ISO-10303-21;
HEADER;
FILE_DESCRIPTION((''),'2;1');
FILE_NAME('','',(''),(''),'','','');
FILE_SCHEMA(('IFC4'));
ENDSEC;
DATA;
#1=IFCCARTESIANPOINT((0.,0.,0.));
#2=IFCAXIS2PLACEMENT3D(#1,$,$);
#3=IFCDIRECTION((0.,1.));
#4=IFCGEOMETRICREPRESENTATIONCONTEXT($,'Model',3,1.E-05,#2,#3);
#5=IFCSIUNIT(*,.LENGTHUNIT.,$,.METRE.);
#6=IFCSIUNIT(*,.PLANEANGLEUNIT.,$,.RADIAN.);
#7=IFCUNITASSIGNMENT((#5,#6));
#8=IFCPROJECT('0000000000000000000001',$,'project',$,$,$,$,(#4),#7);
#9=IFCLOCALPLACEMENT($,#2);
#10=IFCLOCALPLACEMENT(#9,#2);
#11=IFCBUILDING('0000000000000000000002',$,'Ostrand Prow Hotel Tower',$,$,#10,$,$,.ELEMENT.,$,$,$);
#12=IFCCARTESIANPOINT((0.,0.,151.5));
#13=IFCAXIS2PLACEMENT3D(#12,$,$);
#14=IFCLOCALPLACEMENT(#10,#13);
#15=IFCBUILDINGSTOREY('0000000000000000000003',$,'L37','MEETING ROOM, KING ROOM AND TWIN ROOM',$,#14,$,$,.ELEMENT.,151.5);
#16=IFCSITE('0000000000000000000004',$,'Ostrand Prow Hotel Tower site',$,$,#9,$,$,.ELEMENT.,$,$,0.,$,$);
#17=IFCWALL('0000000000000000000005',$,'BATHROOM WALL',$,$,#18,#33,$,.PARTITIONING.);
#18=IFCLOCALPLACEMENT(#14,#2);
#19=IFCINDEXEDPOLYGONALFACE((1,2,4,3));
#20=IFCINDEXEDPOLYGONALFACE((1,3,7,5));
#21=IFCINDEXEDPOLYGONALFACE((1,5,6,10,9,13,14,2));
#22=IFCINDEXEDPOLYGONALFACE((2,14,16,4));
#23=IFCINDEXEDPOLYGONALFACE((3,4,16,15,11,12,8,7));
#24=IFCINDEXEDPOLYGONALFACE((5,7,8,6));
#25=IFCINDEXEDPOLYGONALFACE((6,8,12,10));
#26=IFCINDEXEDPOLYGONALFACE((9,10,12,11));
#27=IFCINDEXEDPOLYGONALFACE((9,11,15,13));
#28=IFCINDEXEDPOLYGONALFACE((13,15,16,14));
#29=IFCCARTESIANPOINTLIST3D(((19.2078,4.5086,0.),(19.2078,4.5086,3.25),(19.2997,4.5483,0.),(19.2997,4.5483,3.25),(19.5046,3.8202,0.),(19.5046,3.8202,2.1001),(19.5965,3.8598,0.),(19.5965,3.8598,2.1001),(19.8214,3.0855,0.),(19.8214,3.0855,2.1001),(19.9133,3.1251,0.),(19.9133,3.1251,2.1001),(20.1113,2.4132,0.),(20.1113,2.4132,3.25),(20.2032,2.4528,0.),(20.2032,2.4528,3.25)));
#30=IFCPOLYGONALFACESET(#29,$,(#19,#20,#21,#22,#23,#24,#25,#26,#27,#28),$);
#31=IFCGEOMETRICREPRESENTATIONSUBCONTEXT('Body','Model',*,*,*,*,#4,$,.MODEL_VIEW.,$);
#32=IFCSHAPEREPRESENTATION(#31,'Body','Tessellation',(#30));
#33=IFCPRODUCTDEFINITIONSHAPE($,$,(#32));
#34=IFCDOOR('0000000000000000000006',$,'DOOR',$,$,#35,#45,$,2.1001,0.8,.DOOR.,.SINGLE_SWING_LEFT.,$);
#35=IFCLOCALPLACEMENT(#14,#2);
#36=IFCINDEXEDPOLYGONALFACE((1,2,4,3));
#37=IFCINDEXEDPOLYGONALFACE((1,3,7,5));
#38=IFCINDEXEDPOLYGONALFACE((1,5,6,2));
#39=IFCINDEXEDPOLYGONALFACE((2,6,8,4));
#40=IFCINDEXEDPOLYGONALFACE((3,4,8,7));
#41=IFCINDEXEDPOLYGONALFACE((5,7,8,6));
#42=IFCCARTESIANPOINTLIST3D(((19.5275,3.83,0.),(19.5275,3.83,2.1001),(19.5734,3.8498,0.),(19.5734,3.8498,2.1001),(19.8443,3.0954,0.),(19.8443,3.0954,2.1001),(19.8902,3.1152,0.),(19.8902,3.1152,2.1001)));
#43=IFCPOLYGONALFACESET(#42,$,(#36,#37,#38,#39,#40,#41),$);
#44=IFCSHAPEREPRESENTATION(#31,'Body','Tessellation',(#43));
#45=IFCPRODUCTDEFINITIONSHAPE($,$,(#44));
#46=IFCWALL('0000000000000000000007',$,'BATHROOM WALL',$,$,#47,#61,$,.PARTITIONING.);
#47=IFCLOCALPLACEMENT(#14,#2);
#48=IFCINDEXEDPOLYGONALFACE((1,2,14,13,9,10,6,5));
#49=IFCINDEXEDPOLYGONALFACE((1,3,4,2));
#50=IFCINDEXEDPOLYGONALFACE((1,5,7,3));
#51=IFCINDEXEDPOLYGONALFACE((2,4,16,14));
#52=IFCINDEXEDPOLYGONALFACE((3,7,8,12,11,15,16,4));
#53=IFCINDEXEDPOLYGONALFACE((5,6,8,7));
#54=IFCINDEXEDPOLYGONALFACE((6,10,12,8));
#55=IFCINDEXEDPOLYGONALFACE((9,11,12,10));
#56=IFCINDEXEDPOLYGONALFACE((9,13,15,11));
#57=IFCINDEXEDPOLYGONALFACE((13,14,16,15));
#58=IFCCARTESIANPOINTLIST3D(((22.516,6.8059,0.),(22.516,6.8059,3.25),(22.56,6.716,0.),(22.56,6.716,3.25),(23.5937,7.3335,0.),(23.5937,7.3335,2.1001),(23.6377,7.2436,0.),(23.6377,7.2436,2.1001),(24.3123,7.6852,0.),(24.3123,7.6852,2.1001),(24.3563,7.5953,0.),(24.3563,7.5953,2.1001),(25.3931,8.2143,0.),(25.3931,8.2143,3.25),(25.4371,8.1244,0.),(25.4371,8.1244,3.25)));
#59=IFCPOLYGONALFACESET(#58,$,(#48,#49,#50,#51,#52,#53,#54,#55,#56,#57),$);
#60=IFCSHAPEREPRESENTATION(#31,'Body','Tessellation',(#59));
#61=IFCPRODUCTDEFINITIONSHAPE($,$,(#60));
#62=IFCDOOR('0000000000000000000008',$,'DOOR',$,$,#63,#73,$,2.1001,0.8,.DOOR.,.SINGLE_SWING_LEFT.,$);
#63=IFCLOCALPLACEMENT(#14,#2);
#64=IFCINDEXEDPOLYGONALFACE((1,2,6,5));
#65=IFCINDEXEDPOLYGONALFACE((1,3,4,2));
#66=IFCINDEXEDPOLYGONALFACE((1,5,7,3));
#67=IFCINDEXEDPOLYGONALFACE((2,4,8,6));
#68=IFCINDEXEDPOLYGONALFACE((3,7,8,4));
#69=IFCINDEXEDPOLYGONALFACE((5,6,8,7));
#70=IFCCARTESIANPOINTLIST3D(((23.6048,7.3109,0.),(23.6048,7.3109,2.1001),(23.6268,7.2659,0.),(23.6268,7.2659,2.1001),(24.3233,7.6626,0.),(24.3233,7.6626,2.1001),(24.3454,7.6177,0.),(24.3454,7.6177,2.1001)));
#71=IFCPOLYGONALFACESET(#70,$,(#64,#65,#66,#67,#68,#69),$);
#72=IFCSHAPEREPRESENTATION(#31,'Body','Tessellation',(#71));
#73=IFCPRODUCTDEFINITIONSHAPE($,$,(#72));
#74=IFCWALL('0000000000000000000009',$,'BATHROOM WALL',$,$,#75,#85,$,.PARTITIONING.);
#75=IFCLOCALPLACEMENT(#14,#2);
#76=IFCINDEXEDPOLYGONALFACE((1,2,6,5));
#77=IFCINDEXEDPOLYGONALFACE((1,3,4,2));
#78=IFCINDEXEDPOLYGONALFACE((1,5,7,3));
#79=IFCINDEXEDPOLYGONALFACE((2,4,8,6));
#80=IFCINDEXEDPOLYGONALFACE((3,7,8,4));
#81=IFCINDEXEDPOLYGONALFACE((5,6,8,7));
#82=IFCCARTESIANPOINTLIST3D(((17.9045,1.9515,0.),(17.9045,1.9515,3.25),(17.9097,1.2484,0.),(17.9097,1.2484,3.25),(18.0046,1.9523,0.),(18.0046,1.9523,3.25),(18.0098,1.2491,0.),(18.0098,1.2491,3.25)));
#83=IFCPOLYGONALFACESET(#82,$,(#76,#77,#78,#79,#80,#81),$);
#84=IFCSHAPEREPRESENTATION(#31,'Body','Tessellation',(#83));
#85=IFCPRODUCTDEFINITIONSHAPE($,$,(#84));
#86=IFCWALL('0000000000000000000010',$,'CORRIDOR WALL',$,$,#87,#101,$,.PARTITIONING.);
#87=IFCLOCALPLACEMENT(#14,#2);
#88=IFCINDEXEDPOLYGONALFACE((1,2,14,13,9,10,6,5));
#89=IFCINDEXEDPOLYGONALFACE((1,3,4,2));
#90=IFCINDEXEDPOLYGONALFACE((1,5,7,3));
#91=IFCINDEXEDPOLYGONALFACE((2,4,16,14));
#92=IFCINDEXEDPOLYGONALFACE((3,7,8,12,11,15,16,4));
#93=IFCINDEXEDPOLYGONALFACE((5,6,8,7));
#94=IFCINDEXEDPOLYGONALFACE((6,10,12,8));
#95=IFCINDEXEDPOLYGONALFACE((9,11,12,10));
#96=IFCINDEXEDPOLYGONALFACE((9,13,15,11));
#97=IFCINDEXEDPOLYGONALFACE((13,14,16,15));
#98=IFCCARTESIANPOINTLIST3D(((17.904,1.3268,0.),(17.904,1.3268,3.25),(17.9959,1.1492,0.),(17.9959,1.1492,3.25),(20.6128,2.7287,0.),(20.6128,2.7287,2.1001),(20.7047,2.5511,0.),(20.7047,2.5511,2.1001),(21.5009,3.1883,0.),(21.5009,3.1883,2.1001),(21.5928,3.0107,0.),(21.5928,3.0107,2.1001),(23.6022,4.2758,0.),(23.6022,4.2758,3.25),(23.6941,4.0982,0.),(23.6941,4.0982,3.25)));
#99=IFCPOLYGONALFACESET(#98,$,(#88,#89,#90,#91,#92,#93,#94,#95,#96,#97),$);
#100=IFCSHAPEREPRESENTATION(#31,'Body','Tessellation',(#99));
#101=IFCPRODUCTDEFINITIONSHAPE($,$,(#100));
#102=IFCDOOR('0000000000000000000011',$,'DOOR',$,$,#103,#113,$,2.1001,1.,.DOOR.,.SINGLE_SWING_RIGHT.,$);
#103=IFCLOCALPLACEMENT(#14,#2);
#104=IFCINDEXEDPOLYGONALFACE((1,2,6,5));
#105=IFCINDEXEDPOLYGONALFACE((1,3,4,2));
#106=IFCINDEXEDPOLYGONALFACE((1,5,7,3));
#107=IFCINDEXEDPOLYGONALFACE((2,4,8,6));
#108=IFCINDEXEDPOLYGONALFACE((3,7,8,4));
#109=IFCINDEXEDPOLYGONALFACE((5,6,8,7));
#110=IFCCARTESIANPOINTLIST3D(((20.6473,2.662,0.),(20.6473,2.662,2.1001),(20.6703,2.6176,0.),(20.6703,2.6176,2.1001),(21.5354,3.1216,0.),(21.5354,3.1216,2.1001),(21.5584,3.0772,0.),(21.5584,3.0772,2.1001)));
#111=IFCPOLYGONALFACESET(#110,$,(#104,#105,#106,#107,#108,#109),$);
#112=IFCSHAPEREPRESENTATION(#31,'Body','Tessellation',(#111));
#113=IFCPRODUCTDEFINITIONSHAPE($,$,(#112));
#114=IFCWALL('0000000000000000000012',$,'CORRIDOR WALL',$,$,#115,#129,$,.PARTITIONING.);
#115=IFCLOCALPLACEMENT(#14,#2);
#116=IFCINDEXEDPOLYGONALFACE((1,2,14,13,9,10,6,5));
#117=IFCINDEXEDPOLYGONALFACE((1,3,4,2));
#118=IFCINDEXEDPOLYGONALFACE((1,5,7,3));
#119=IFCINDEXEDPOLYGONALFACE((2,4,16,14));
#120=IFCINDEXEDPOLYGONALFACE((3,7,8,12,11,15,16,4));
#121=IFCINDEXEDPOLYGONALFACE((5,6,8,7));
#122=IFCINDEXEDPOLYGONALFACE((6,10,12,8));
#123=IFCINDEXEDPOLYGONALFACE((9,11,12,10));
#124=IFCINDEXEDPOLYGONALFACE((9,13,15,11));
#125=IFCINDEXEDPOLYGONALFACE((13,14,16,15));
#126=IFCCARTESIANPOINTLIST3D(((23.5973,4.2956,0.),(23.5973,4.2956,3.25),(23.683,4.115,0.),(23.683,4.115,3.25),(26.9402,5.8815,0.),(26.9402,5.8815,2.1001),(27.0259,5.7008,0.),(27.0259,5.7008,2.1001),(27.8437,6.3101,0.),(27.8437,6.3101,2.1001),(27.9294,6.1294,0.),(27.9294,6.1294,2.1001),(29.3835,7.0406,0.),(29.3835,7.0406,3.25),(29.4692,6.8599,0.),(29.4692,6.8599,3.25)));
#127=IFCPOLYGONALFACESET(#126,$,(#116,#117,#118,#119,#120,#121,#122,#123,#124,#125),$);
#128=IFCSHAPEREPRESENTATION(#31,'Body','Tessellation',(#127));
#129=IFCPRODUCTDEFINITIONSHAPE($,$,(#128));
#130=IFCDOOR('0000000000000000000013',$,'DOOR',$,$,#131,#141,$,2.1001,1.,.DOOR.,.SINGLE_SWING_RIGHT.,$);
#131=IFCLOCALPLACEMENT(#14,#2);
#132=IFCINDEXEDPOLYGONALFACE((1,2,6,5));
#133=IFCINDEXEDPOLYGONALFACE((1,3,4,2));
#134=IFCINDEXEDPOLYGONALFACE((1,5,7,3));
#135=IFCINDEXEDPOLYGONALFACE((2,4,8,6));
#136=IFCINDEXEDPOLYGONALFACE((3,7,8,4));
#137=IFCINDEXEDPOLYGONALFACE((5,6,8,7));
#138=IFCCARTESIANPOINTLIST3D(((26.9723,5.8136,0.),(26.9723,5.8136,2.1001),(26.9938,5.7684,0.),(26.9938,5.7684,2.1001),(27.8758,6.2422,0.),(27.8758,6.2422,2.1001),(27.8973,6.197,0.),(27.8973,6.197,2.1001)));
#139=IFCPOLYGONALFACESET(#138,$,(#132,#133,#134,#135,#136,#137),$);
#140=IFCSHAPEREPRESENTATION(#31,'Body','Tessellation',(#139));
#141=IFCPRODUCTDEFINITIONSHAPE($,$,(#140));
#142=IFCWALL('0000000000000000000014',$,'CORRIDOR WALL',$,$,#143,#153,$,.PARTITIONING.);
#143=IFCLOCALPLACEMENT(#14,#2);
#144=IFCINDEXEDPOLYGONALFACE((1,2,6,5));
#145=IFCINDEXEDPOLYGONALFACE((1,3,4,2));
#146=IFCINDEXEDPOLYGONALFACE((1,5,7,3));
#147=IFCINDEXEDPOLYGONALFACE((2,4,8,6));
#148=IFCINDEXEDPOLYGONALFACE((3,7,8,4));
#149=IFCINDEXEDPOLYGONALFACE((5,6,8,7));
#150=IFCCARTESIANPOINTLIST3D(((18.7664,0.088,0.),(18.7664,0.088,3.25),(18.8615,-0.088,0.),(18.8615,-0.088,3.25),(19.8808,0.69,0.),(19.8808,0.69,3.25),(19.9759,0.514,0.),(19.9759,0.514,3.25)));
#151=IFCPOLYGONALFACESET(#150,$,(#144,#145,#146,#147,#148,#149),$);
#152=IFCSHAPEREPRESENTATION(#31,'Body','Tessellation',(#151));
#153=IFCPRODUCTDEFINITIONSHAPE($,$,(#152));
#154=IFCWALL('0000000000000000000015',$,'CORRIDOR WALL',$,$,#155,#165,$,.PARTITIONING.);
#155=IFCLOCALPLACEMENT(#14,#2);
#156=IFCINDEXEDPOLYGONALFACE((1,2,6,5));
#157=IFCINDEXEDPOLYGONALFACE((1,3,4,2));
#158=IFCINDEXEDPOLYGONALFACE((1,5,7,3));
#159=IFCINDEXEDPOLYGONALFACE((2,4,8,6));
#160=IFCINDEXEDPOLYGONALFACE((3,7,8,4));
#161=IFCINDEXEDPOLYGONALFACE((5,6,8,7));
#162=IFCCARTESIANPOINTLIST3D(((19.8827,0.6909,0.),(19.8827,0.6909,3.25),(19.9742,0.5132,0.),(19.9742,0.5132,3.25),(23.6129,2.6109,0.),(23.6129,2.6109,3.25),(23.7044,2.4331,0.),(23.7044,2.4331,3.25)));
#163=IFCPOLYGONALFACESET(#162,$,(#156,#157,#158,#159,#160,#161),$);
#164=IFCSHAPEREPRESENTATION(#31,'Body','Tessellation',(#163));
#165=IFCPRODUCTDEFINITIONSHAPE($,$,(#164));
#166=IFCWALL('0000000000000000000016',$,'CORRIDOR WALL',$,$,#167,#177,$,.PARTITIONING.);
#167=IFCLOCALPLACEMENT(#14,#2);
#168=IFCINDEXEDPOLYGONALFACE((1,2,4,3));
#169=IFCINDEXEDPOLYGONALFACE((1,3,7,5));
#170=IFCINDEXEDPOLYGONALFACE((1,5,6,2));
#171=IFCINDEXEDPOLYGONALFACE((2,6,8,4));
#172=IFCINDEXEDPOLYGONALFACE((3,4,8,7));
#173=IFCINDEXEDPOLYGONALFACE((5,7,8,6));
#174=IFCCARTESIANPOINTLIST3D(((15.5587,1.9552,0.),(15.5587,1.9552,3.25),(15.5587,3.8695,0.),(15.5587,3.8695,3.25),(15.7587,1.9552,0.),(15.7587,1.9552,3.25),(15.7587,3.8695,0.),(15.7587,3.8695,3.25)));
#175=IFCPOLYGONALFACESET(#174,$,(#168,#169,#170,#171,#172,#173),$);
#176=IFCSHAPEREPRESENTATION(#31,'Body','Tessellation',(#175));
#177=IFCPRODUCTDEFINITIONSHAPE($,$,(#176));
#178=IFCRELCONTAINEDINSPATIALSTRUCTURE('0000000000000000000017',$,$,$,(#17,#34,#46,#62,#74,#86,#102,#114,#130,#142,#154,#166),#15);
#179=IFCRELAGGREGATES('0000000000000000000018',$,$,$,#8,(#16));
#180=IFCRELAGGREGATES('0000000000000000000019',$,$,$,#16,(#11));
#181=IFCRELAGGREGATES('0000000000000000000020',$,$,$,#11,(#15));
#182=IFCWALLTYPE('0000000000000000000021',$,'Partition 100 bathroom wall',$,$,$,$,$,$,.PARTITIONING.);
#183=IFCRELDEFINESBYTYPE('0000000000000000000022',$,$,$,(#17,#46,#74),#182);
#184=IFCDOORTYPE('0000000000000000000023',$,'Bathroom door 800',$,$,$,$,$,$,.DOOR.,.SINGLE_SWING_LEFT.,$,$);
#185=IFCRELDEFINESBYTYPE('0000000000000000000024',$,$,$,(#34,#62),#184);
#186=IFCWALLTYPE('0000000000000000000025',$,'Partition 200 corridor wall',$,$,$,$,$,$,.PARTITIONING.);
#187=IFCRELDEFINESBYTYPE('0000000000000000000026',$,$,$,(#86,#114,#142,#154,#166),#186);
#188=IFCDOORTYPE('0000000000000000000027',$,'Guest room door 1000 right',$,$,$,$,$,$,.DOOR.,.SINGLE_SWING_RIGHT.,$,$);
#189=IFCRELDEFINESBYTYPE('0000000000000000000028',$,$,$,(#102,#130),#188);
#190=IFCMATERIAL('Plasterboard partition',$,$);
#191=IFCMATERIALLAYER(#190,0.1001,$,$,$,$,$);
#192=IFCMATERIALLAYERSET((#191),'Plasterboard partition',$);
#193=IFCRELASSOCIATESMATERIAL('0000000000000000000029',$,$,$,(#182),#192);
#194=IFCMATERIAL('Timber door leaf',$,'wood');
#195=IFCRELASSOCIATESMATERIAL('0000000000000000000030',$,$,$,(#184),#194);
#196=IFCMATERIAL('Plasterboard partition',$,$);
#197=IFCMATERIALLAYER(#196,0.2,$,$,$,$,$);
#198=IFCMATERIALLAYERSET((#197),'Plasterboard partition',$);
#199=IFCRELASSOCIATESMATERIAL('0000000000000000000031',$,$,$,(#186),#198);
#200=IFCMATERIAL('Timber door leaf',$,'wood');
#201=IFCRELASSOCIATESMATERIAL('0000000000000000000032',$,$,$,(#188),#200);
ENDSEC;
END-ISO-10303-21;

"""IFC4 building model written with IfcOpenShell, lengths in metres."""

from ifc_helpers import new_model, si_unit, direction, frame, frame_2d, origin, place, context, subcontext, project, spatial, rectangle, extrude, material, layer, layer_set, type_object, element, fill, save


model = new_model("IFC4")

# Units and contexts
model_context = context("Model", 3, precision=1e-05, world=origin(), true_north=direction((0.0, 1.0)))
body_context = subcontext(model_context, "Body", "Model", "MODEL_VIEW")
ifc_project = project(units=[si_unit("LENGTHUNIT", "METRE"), si_unit("PLANEANGLEUNIT", "RADIAN")], contexts=[model_context])

# Site, building, storey
site_placement = place(None, origin())
site = spatial("IfcSite", under=ifc_project, at=site_placement, Name="Ostrand Prow Hotel Tower site", CompositionType="ELEMENT", RefElevation=0.0)
building_placement = place(site_placement, origin())
building = spatial("IfcBuilding", under=site, at=building_placement, Name="Ostrand Prow Hotel Tower", CompositionType="ELEMENT")
storey_placement = place(building_placement, frame((0.0, 0.0, 151.5)))
storey = spatial("IfcBuildingStorey", under=building, at=storey_placement, Name="L37", Description="MEETING ROOM, KING ROOM AND TWIN ROOM", CompositionType="ELEMENT", Elevation=151.5)

# Shared definitions
ifc_material_1 = material(Name="Plasterboard partition")
ifc_layer_1 = layer(ifc_material_1, 0.1001)
ifc_layer_set_1 = layer_set([ifc_layer_1], Name="Plasterboard partition")
wall_type_1 = type_object("IfcWallType", Name="Partition 100 bathroom wall", PredefinedType="PARTITIONING", material=ifc_layer_set_1)

# Walls, openings, doors
wall_1_placement = place(storey_placement, frame((19.2537, 4.5286, 0.0), z_axis=(0.0, 0.0, 1.0), x_axis=(0.395958, -0.918268, 0.0)))
wall_1 = element("IfcWall", 1, at=wall_1_placement, inside=storey, type_object=wall_type_1, Name="BATHROOM WALL", PredefinedType="PARTITIONING", context=body_context, shape_type="SweptSolid", body=[
    extrude(rectangle(XDim=2.282, YDim=0.1001, at=frame_2d((1.1411, 0.0))), origin(), (0.0, 0.0, 1.0), 3.25),
])
opening_1_placement = place(wall_1_placement, frame((0.75, 0.0, 0.0)))
opening_1 = element("IfcOpeningElement", 2, at=opening_1_placement, cuts=wall_1, PredefinedType="OPENING", context=body_context, shape_type="SweptSolid", body=[
    extrude(rectangle(XDim=0.8, YDim=2.1001, at=frame_2d((0.3999, 1.05))), frame((0.0, 0.0601, 0.0), z_axis=(0.0, -1.0, 0.0), x_axis=(1.0, 0.0, 0.0)), (0.0, 0.0, 1.0), 0.1201),
])
ifc_material_2 = material(Name="Timber door leaf", Category="wood")
door_type_1 = type_object("IfcDoorType", Name="Bathroom door 800", OperationType="SINGLE_SWING_LEFT", PredefinedType="DOOR", material=ifc_material_2)
door_1_placement = place(opening_1_placement, origin())
door_1 = element("IfcDoor", 3, at=door_1_placement, inside=storey, type_object=door_type_1, Name="DOOR", OperationType="SINGLE_SWING_LEFT", OverallHeight=2.1001, OverallWidth=0.8, PredefinedType="DOOR", context=body_context, shape_type="SweptSolid", body=[
    extrude(rectangle(XDim=0.8, YDim=2.1001, at=frame_2d((0.3999, 1.05))), frame((0.0, 0.0249, 0.0), z_axis=(0.0, -1.0, 0.0), x_axis=(1.0, 0.0, 0.0)), (0.0, 0.0, 1.0), 0.05),
])
fill(opening_1, door_1)
wall_2_placement = place(storey_placement, frame((22.5381, 6.761, 0.0), z_axis=(0.0, 0.0, 1.0), x_axis=(0.89816, 0.439668, 0.0)))
wall_2 = element("IfcWall", 4, at=wall_2_placement, inside=storey, type_object=wall_type_1, Name="BATHROOM WALL", PredefinedType="PARTITIONING", context=body_context, shape_type="SweptSolid", body=[
    extrude(rectangle(XDim=3.2034, YDim=0.1001, at=frame_2d((1.6016, 0.0))), origin(), (0.0, 0.0, 1.0), 3.25),
])
opening_2_placement = place(wall_2_placement, frame((1.2, 0.0, 0.0)))
opening_2 = element("IfcOpeningElement", 5, at=opening_2_placement, cuts=wall_2, PredefinedType="OPENING", context=body_context, shape_type="SweptSolid", body=[
    extrude(rectangle(XDim=0.8, YDim=2.1001, at=frame_2d((0.3999, 1.05))), frame((0.0, 0.0601, 0.0), z_axis=(0.0, -1.0, 0.0), x_axis=(1.0, 0.0, 0.0)), (0.0, 0.0, 1.0), 0.1201),
])
door_2_placement = place(opening_2_placement, origin())
door_2 = element("IfcDoor", 6, at=door_2_placement, inside=storey, type_object=door_type_1, Name="DOOR", OperationType="SINGLE_SWING_LEFT", OverallHeight=2.1001, OverallWidth=0.8, PredefinedType="DOOR", context=body_context, shape_type="SweptSolid", body=[
    extrude(rectangle(XDim=0.8, YDim=2.1001, at=frame_2d((0.3999, 1.05))), frame((0.0, 0.0249, 0.0), z_axis=(0.0, -1.0, 0.0), x_axis=(1.0, 0.0, 0.0)), (0.0, 0.0, 1.0), 0.05),
])
fill(opening_2, door_2)

# Wall
wall_3_placement = place(storey_placement, frame((17.9597, 1.2488, 0.0), z_axis=(0.0, 0.0, 1.0), x_axis=(-0.007291, 0.999973, 0.0)))
element("IfcWall", 7, at=wall_3_placement, inside=storey, type_object=wall_type_1, Name="BATHROOM WALL", PredefinedType="PARTITIONING", context=body_context, shape_type="SweptSolid", body=[
    extrude(rectangle(XDim=0.7031, YDim=0.1001, at=frame_2d((0.3516, 0.0))), origin(), (0.0, 0.0, 1.0), 3.25),
])

# Walls, openings, doors
ifc_material_3 = material(Name="Plasterboard partition")
ifc_layer_2 = layer(ifc_material_3, 0.2)
ifc_layer_set_2 = layer_set([ifc_layer_2], Name="Plasterboard partition")
wall_type_2 = type_object("IfcWallType", Name="Partition 200 corridor wall", PredefinedType="PARTITIONING", material=ifc_layer_set_2)
wall_4_placement = place(storey_placement, frame((17.95, 1.238, 0.0), z_axis=(0.0, 0.0, 1.0), x_axis=(0.888115, 0.459621, 0.0)))
wall_4 = element("IfcWall", 8, at=wall_4_placement, inside=storey, type_object=wall_type_2, Name="CORRIDOR WALL", PredefinedType="PARTITIONING", context=body_context, shape_type="SweptSolid", body=[
    extrude(rectangle(XDim=6.416, YDim=0.2, at=frame_2d((3.208, 0.0))), origin(), (0.0, 0.0, 1.0), 3.25),
])
opening_3_placement = place(wall_4_placement, frame((3.05, 0.0, 0.0)))
opening_3 = element("IfcOpeningElement", 9, at=opening_3_placement, cuts=wall_4, PredefinedType="OPENING", context=body_context, shape_type="SweptSolid", body=[
    extrude(rectangle(XDim=1.0, YDim=2.1001, at=frame_2d((0.5, 1.05))), frame((0.0, 0.1099, 0.0), z_axis=(0.0, -1.0, 0.0), x_axis=(1.0, 0.0, 0.0)), (0.0, 0.0, 1.0), 0.22),
])
ifc_material_4 = material(Name="Timber door leaf", Category="wood")
door_type_2 = type_object("IfcDoorType", Name="Guest room door 1000 right", OperationType="SINGLE_SWING_RIGHT", PredefinedType="DOOR", material=ifc_material_4)
door_3_placement = place(opening_3_placement, origin())
door_3 = element("IfcDoor", 10, at=door_3_placement, inside=storey, type_object=door_type_2, Name="DOOR", OperationType="SINGLE_SWING_RIGHT", OverallHeight=2.1001, OverallWidth=1.0, PredefinedType="DOOR", context=body_context, shape_type="SweptSolid", body=[
    extrude(rectangle(XDim=1.0, YDim=2.1001, at=frame_2d((0.5, 1.05))), frame((0.0, 0.0249, 0.0), z_axis=(0.0, -1.0, 0.0), x_axis=(1.0, 0.0, 0.0)), (0.0, 0.0, 1.0), 0.05),
])
fill(opening_3, door_3)
wall_5_placement = place(storey_placement, frame((23.6401, 4.2053, 0.0), z_axis=(0.0, 0.0, 1.0), x_axis=(0.903492, 0.428606, 0.0)))
wall_5 = element("IfcWall", 11, at=wall_5_placement, inside=storey, type_object=wall_type_2, Name="CORRIDOR WALL", PredefinedType="PARTITIONING", context=body_context, shape_type="SweptSolid", body=[
    extrude(rectangle(XDim=6.4043, YDim=0.2, at=frame_2d((3.2021, 0.0))), origin(), (0.0, 0.0, 1.0), 3.25),
])
opening_4_placement = place(wall_5_placement, frame((3.7, 0.0, 0.0)))
opening_4 = element("IfcOpeningElement", 12, at=opening_4_placement, cuts=wall_5, PredefinedType="OPENING", context=body_context, shape_type="SweptSolid", body=[
    extrude(rectangle(XDim=1.0, YDim=2.1001, at=frame_2d((0.5, 1.05))), frame((0.0, 0.1099, 0.0), z_axis=(0.0, -1.0, 0.0), x_axis=(1.0, 0.0, 0.0)), (0.0, 0.0, 1.0), 0.22),
])
door_4_placement = place(opening_4_placement, origin())
door_4 = element("IfcDoor", 13, at=door_4_placement, inside=storey, type_object=door_type_2, Name="DOOR", OperationType="SINGLE_SWING_RIGHT", OverallHeight=2.1001, OverallWidth=1.0, PredefinedType="DOOR", context=body_context, shape_type="SweptSolid", body=[
    extrude(rectangle(XDim=1.0, YDim=2.1001, at=frame_2d((0.5, 1.05))), frame((0.0, 0.0249, 0.0), z_axis=(0.0, -1.0, 0.0), x_axis=(1.0, 0.0, 0.0)), (0.0, 0.0, 1.0), 0.05),
])
fill(opening_4, door_4)

# Walls
wall_6_placement = place(storey_placement, frame((18.814, 0.0, 0.0), z_axis=(0.0, 0.0, 1.0), x_axis=(0.879833, 0.475283, 0.0)))
element("IfcWall", 14, at=wall_6_placement, inside=storey, type_object=wall_type_2, Name="CORRIDOR WALL", PredefinedType="PARTITIONING", context=body_context, shape_type="SweptSolid", body=[
    extrude(rectangle(XDim=1.2666, YDim=0.2, at=frame_2d((0.6333, 0.0))), origin(), (0.0, 0.0, 1.0), 3.25),
])
wall_7_placement = place(storey_placement, frame((19.9285, 0.6021, 0.0), z_axis=(0.0, 0.0, 1.0), x_axis=(0.88914, 0.457635, 0.0)))
element("IfcWall", 15, at=wall_7_placement, inside=storey, type_object=wall_type_2, Name="CORRIDOR WALL", PredefinedType="PARTITIONING", context=body_context, shape_type="SweptSolid", body=[
    extrude(rectangle(XDim=4.1953, YDim=0.2, at=frame_2d((2.0977, 0.0))), origin(), (0.0, 0.0, 1.0), 3.25),
])
wall_8_placement = place(storey_placement, frame((15.6587, 3.8694, 0.0), z_axis=(0.0, 0.0, 1.0), x_axis=(0.0, -1.0, 0.0)))
element("IfcWall", 16, at=wall_8_placement, inside=storey, type_object=wall_type_2, Name="CORRIDOR WALL", PredefinedType="PARTITIONING", context=body_context, shape_type="SweptSolid", body=[
    extrude(rectangle(XDim=1.9143, YDim=0.2, at=frame_2d((0.957, 0.0))), origin(), (0.0, 0.0, 1.0), 3.25),
])

save(model, "model.ifc")
